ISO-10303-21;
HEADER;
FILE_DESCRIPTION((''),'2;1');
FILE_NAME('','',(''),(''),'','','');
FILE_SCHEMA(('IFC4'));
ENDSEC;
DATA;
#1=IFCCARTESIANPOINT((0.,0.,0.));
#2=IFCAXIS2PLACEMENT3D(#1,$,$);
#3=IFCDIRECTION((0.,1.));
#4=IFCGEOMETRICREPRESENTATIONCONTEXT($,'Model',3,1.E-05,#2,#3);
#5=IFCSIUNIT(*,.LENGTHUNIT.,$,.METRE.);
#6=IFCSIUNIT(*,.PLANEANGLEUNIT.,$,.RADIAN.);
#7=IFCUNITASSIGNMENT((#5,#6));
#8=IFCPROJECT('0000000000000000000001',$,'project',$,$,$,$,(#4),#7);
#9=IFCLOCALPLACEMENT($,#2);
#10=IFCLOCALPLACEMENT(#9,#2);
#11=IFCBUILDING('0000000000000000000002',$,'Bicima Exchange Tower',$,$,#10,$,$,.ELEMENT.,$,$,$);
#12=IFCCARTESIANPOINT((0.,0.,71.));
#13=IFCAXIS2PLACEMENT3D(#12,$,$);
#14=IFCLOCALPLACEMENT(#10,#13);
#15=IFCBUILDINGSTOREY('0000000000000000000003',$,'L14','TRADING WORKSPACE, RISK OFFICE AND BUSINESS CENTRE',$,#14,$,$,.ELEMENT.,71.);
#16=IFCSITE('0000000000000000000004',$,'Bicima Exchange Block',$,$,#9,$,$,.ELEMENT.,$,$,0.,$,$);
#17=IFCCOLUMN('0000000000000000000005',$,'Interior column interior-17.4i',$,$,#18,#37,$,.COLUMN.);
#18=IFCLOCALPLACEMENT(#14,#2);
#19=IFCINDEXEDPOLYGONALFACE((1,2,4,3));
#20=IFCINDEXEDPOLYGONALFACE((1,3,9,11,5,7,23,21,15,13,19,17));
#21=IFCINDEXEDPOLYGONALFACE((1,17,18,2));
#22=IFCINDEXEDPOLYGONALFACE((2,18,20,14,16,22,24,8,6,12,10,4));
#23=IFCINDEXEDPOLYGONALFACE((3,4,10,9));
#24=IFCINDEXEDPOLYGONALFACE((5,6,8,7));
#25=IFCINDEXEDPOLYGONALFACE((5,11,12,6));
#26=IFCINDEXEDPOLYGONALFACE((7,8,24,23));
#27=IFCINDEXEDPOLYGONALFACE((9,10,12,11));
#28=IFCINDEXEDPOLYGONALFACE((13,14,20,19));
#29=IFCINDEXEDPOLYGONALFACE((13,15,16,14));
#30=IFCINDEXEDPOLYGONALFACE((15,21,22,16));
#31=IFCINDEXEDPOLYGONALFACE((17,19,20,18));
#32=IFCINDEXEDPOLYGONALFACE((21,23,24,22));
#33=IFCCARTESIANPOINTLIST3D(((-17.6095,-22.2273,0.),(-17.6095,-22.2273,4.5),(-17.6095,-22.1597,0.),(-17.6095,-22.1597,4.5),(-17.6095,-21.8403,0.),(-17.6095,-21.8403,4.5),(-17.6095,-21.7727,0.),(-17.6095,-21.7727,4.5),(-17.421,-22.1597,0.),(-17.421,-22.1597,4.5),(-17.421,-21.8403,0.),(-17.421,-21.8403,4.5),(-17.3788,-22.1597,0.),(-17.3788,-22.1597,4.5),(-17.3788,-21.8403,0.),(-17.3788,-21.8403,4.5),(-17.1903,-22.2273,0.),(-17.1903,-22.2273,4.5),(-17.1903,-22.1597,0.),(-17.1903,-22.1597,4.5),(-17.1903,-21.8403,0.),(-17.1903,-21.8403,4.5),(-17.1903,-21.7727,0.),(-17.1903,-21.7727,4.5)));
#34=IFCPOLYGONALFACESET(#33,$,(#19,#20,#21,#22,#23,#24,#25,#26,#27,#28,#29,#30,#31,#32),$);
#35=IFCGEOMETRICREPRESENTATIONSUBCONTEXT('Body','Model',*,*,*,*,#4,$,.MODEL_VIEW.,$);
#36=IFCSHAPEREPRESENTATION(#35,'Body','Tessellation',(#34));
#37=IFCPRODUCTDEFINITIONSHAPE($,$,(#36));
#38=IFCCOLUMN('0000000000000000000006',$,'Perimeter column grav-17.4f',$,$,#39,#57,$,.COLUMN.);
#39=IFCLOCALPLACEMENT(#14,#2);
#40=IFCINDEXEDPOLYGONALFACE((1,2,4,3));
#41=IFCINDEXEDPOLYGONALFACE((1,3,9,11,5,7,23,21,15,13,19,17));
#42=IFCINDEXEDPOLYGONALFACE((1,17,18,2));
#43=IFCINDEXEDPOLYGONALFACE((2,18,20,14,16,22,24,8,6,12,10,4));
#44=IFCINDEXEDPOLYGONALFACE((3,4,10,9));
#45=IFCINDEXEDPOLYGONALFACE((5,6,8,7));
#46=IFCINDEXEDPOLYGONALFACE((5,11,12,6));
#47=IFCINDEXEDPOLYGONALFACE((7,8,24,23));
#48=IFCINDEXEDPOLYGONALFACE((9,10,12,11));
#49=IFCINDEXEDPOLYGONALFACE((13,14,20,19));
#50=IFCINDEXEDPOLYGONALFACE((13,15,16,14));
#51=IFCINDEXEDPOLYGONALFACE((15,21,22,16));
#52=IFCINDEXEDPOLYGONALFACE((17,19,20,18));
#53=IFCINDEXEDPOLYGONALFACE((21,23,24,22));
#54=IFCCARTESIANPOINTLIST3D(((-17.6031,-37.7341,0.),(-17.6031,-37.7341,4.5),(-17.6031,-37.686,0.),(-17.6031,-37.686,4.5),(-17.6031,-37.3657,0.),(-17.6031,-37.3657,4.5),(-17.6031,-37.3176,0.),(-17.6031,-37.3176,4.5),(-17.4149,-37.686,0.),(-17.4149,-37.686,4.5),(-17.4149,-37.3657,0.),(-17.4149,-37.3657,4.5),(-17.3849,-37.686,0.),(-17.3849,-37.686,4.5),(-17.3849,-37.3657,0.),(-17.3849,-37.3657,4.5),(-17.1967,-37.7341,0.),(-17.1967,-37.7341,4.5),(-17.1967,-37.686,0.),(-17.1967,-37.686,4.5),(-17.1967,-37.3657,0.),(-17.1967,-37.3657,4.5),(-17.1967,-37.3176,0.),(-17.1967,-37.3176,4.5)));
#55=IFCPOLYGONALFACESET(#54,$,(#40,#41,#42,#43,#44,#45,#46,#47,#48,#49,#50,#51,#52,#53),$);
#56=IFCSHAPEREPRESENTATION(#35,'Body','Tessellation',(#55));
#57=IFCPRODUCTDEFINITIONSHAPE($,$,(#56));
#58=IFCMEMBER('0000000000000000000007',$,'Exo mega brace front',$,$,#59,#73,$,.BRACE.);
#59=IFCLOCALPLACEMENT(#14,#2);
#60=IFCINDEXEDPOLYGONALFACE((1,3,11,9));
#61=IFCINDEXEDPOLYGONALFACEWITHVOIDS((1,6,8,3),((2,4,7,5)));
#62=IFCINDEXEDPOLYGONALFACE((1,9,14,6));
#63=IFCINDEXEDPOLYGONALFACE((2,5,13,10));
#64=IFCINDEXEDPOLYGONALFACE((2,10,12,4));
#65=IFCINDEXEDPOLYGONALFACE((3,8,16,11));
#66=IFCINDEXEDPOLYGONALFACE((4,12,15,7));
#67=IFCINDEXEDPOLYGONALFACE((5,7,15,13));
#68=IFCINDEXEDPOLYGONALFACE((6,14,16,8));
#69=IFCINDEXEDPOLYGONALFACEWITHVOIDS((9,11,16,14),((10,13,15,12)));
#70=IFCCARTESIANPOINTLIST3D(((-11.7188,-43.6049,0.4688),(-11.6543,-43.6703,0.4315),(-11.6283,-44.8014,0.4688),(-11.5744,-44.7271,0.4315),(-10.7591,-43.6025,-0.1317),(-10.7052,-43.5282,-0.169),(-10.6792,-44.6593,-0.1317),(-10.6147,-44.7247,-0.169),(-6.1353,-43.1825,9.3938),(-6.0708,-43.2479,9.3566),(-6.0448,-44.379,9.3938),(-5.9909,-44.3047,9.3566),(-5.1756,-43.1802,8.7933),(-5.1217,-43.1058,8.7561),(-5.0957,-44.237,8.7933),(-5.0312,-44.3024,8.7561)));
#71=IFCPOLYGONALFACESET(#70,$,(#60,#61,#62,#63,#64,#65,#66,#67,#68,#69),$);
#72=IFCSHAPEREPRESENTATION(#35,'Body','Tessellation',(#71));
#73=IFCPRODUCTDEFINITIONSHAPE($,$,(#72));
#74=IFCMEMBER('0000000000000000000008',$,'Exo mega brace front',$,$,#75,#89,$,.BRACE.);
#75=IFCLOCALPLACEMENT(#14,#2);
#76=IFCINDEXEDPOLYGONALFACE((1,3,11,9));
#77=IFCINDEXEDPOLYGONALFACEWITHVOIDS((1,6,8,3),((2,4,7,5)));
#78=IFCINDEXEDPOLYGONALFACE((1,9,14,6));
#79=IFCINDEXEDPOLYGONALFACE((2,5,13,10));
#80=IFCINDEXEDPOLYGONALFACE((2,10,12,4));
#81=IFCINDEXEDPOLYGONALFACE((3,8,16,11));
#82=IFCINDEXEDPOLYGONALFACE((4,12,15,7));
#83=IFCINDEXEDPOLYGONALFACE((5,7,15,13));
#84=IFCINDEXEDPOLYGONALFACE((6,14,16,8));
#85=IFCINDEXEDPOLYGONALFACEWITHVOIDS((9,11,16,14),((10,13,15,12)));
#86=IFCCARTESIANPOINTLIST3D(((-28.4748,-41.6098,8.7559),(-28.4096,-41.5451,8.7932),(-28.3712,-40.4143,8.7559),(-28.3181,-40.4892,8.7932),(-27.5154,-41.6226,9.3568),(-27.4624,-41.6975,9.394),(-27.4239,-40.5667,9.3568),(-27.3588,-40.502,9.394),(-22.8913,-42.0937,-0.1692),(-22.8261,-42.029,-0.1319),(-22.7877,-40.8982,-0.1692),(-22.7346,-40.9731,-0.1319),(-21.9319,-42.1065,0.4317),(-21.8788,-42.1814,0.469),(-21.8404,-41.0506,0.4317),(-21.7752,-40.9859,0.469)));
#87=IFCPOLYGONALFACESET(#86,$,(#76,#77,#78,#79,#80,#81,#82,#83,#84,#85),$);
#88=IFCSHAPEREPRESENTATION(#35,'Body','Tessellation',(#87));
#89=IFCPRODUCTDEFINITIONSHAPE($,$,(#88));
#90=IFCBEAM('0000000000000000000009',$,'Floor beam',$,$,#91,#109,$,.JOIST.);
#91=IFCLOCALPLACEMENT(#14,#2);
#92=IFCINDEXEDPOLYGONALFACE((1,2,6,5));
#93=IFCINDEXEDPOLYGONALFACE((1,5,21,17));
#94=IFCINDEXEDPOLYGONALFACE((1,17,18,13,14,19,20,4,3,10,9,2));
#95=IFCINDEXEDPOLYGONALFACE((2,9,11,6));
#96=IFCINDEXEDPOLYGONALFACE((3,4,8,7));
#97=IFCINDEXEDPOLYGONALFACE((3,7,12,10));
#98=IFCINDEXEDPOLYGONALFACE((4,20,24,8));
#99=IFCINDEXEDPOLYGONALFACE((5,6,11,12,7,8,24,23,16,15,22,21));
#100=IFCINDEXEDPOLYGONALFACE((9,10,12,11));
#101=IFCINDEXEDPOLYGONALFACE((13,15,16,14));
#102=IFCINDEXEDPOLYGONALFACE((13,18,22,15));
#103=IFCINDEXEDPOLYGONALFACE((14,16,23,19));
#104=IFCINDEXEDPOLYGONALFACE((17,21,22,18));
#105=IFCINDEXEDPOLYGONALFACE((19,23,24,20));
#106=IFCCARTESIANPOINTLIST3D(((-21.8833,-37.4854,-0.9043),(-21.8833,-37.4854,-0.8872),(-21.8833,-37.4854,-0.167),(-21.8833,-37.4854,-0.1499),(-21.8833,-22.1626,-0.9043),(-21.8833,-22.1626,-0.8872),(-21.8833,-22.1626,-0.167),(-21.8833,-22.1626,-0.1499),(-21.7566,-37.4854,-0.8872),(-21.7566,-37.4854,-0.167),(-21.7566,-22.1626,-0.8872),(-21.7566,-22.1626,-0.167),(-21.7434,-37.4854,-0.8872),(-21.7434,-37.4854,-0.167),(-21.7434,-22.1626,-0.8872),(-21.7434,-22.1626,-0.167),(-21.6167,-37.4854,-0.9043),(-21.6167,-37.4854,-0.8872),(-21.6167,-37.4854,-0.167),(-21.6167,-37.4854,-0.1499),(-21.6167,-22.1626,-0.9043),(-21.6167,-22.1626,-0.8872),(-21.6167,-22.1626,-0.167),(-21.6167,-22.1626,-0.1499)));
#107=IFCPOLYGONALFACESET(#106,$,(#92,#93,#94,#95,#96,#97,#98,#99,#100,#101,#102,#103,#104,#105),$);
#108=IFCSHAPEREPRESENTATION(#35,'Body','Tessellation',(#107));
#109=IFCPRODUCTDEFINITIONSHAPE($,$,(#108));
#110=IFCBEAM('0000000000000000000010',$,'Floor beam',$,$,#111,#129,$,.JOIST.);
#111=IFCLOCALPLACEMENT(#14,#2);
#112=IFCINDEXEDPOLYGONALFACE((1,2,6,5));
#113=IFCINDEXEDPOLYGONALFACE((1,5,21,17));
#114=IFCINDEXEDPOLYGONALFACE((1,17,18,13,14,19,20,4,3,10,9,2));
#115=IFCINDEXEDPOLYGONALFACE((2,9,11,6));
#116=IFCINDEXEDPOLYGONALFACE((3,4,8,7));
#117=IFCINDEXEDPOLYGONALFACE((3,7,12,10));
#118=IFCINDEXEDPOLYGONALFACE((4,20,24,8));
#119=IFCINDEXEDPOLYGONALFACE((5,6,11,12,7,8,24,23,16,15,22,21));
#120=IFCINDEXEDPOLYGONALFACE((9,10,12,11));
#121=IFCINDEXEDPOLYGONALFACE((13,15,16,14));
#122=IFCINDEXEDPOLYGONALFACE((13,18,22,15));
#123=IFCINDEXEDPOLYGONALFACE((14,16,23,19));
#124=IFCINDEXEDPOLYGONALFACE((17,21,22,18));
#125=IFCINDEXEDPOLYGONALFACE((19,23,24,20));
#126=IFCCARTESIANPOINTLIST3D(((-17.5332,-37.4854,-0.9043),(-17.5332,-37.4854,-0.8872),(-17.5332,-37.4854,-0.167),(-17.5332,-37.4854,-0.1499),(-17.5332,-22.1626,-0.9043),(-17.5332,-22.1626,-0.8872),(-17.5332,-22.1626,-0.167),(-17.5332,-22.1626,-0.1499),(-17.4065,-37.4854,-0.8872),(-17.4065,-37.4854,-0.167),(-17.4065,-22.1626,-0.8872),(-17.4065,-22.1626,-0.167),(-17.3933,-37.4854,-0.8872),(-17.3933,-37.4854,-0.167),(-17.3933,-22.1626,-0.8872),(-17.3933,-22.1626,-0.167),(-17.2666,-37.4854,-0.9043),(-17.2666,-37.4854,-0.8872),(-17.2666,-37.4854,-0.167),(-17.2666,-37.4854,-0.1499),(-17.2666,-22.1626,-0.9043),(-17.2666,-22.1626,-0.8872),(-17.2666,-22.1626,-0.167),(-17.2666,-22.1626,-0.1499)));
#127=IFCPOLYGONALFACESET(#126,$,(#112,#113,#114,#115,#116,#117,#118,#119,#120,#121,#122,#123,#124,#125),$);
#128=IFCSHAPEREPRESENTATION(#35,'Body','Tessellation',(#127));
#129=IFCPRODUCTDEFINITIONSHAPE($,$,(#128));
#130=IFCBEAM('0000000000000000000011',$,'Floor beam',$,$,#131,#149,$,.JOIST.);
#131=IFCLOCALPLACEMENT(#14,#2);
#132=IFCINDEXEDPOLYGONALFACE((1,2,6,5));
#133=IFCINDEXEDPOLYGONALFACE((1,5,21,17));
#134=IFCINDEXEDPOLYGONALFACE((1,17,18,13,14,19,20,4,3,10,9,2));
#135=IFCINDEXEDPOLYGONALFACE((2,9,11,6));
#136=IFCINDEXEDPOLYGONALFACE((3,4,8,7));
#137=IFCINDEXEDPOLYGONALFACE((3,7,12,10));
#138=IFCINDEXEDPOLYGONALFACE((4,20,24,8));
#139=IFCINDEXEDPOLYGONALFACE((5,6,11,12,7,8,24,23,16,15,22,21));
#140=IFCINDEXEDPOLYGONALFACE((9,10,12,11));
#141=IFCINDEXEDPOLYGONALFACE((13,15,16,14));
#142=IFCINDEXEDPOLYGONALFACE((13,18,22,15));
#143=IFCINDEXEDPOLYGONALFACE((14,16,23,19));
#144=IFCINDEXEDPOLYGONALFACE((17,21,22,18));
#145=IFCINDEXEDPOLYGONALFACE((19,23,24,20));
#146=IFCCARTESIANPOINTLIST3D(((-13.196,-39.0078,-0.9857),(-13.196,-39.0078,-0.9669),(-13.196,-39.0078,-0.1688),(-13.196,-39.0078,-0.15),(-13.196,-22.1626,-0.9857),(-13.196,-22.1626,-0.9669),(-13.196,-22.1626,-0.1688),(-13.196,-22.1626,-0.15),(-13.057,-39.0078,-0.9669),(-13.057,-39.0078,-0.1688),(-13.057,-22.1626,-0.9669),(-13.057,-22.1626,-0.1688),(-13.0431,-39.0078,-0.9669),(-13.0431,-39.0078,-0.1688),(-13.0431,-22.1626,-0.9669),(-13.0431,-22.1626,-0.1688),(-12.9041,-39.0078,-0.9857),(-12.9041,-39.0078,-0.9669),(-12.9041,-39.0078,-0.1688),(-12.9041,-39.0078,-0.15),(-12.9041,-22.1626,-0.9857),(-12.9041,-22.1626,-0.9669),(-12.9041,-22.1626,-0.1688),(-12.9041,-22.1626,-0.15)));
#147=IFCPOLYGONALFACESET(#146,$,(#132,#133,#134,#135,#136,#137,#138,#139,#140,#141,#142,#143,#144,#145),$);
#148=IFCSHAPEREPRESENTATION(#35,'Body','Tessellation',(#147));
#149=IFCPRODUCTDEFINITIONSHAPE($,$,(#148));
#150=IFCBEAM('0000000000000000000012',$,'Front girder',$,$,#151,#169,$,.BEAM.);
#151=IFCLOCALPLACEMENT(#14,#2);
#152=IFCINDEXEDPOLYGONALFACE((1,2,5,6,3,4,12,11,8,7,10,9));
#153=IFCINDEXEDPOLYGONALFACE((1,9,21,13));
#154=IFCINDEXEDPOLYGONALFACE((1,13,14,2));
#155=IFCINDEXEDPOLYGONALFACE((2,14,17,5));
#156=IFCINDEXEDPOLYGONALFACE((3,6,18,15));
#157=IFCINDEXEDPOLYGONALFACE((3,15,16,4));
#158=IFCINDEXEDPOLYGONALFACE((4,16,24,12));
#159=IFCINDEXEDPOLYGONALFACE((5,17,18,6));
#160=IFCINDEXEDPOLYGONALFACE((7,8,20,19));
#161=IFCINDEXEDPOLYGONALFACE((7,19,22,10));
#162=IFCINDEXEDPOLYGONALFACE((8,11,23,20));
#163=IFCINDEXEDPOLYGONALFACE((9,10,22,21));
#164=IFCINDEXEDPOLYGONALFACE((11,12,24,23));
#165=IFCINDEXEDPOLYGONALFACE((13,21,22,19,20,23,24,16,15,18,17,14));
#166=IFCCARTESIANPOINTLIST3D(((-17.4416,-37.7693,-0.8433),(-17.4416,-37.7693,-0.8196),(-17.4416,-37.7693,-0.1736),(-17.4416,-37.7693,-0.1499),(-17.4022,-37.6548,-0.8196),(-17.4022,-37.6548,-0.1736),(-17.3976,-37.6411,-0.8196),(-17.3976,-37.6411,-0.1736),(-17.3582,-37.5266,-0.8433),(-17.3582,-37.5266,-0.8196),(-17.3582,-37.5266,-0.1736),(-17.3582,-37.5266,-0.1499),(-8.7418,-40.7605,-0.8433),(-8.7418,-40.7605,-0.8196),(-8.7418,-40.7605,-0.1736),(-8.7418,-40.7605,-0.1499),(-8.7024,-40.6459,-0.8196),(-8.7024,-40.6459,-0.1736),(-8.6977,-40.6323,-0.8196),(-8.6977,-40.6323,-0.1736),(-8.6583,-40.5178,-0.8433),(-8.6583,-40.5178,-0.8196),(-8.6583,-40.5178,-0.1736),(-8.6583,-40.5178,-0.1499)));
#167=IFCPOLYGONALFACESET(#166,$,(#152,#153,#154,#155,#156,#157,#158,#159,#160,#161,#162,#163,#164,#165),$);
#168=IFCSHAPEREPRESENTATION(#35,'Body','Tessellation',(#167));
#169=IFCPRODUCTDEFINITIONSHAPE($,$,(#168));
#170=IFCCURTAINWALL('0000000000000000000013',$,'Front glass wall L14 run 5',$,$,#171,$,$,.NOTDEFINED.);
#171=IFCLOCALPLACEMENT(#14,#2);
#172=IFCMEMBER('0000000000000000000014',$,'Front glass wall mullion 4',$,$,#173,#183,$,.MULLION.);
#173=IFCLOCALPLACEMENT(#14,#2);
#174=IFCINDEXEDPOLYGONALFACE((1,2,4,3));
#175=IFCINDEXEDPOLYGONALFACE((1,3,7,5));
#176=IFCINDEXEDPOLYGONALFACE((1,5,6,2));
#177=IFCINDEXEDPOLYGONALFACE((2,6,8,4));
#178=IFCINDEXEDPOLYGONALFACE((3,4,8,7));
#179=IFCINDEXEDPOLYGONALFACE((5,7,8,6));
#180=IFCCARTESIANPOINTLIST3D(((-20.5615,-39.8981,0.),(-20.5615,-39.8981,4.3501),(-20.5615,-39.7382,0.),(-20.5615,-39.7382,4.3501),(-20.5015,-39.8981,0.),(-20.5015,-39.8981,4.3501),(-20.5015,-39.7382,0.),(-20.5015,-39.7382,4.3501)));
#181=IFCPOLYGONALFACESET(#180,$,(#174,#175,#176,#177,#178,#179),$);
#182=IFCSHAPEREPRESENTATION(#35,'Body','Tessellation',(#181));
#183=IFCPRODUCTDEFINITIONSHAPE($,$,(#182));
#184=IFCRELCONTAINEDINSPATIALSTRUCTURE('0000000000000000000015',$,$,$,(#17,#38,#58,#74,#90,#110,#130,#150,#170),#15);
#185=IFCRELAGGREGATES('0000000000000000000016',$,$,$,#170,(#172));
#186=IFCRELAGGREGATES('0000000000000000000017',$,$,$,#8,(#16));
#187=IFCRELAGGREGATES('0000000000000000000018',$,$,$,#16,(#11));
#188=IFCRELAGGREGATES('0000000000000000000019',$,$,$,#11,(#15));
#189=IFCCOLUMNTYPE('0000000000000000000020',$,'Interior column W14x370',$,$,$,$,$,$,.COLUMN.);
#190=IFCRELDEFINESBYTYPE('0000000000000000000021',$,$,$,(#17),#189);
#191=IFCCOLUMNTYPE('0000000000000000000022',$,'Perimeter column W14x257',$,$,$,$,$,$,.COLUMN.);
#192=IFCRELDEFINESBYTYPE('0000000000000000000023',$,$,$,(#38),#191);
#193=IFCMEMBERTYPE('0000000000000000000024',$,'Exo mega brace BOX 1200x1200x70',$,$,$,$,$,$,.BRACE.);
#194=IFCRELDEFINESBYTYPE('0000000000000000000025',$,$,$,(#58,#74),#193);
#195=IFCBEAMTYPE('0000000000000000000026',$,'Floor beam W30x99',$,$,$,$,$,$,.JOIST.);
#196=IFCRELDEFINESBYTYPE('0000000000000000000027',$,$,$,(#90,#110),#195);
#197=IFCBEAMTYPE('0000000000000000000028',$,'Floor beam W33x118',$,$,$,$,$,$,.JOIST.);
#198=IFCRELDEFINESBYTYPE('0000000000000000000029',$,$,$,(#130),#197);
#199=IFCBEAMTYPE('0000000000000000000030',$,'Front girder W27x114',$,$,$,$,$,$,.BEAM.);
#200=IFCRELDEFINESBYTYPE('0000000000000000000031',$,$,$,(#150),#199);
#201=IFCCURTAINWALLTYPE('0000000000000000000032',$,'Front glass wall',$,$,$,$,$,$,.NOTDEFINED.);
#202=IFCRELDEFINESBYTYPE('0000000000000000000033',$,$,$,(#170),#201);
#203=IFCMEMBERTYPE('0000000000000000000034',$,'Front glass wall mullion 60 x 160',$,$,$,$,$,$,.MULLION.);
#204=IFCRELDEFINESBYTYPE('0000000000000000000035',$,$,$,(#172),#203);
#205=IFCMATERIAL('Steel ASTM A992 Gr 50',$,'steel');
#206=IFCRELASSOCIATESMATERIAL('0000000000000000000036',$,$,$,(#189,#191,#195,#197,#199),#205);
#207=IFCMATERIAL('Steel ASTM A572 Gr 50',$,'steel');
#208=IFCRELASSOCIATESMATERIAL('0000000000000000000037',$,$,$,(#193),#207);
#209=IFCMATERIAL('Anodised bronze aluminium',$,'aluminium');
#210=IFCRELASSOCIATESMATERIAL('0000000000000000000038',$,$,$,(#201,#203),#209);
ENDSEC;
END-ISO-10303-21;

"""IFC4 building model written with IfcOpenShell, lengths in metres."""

from ifc_helpers import new_model, si_unit, direction, frame, origin, origin_2d, place, context, subcontext, project, spatial, rectangle, hollow_rectangle, i_section, extrude, material, material_profile, profile_set, type_object, element, aggregate, save


model = new_model("IFC4")

# Units and contexts
model_context = context("Model", 3, precision=1e-05, world=origin(), true_north=direction((0.0, 1.0)))
body_context = subcontext(model_context, "Body", "Model", "MODEL_VIEW")
ifc_project = project(units=[si_unit("LENGTHUNIT", "METRE"), si_unit("PLANEANGLEUNIT", "RADIAN")], contexts=[model_context])

# Site, building, storey
site_placement = place(None, origin())
site = spatial("IfcSite", under=ifc_project, at=site_placement, Name="Bicima Exchange Block", CompositionType="ELEMENT", RefElevation=0.0)
building_placement = place(site_placement, origin())
building = spatial("IfcBuilding", under=site, at=building_placement, Name="Bicima Exchange Tower", CompositionType="ELEMENT")
storey_placement = place(building_placement, frame((0.0, 0.0, 71.0)))
storey = spatial("IfcBuildingStorey", under=building, at=storey_placement, Name="L14", Description="TRADING WORKSPACE, RISK OFFICE AND BUSINESS CENTRE", CompositionType="ELEMENT", Elevation=71.0)

# Columns
ifc_material_1 = material(Name="Steel ASTM A992 Gr 50", Category="steel")
ifc_material_profile_1 = material_profile(ifc_material_1, i_section(OverallWidth=0.4192, OverallDepth=0.4546, WebThickness=0.0422, FlangeThickness=0.0676, at=origin_2d()))
ifc_profile_set_1 = profile_set([ifc_material_profile_1], Name="Steel ASTM A992 Gr 50")
column_type_1 = type_object("IfcColumnType", Name="Interior column W14x370", PredefinedType="COLUMN", material=ifc_profile_set_1)
column_1_placement = place(storey_placement, frame((-17.3999, -22.0, 0.0), z_axis=(0.0, 0.0, 1.0), x_axis=(1.0, 0.0, 0.0)))
element("IfcColumn", 1, at=column_1_placement, inside=storey, type_object=column_type_1, Name="Interior column interior-17.4i", PredefinedType="COLUMN", context=body_context, shape_type="SweptSolid", body=[
    extrude(i_section(OverallWidth=0.4192, OverallDepth=0.4546, WebThickness=0.0422, FlangeThickness=0.0676, at=origin_2d()), origin(), (0.0, 0.0, 1.0), 4.5),
])
ifc_material_profile_2 = material_profile(ifc_material_1, i_section(OverallWidth=0.4065, OverallDepth=0.4165, WebThickness=0.03, FlangeThickness=0.0481, at=origin_2d()))
ifc_profile_set_2 = profile_set([ifc_material_profile_2], Name="Steel ASTM A992 Gr 50")
column_type_2 = type_object("IfcColumnType", Name="Perimeter column W14x257", PredefinedType="COLUMN", material=ifc_profile_set_2)
column_2_placement = place(storey_placement, frame((-17.3999, -37.5259, 0.0), z_axis=(0.0, 0.0, 1.0), x_axis=(1.0, 0.0, 0.0)))
element("IfcColumn", 2, at=column_2_placement, inside=storey, type_object=column_type_2, Name="Perimeter column grav-17.4f", PredefinedType="COLUMN", context=body_context, shape_type="SweptSolid", body=[
    extrude(i_section(OverallWidth=0.4065, OverallDepth=0.4165, WebThickness=0.03, FlangeThickness=0.0481, at=origin_2d()), origin(), (0.0, 0.0, 1.0), 4.5),
])

# Members
ifc_material_2 = material(Name="Steel ASTM A572 Gr 50", Category="steel")
ifc_material_profile_3 = material_profile(ifc_material_2, hollow_rectangle(XDim=1.2, YDim=1.2, WallThickness=0.0701, at=origin_2d()))
ifc_profile_set_3 = profile_set([ifc_material_profile_3], Name="Steel ASTM A572 Gr 50")
member_type_1 = type_object("IfcMemberType", Name="Exo mega brace BOX 1200x1200x70", PredefinedType="BRACE", material=ifc_profile_set_3)
member_1_placement = place(storey_placement, frame((-11.1667, -44.1648, 0.1499), z_axis=(0.529937, 0.040087, 0.847089), x_axis=(-0.075429, 0.997151, 0.0)))
element("IfcMember", 3, at=member_1_placement, inside=storey, type_object=member_type_1, Name="Exo mega brace front", PredefinedType="BRACE", context=body_context, shape_type="SweptSolid", body=[
    extrude(hollow_rectangle(XDim=1.2, YDim=1.2, WallThickness=0.0701, at=origin_2d()), origin(), (0.0, 0.0, 1.0), 10.5361),
])
member_2_placement = place(storey_placement, frame((-22.3333, -41.5398, 0.1499), z_axis=(-0.529804, 0.045915, 0.846876), x_axis=(-0.08634, -0.996266, 0.0)))
element("IfcMember", 4, at=member_2_placement, inside=storey, type_object=member_type_1, Name="Exo mega brace front", PredefinedType="BRACE", context=body_context, shape_type="SweptSolid", body=[
    extrude(hollow_rectangle(XDim=1.2, YDim=1.2, WallThickness=0.0701, at=origin_2d()), origin(), (0.0, 0.0, 1.0), 10.5388),
])

# Beams
ifc_material_profile_4 = material_profile(ifc_material_1, i_section(OverallWidth=0.2666, OverallDepth=0.7544, WebThickness=0.0132, FlangeThickness=0.0171, at=origin_2d()))
ifc_profile_set_4 = profile_set([ifc_material_profile_4], Name="Steel ASTM A992 Gr 50")
beam_type_1 = type_object("IfcBeamType", Name="Floor beam W30x99", PredefinedType="JOIST", material=ifc_profile_set_4)
for number, where, z_axis, x_axis, name in (
    (5, (-21.75, -22.1626, -0.5271), (0.0, -1.0, 0.0), (1.0, 0.0, 0.0), "Floor beam"),
    (6, (-17.3999, -22.1626, -0.5271), (0.0, -1.0, 0.0), (1.0, 0.0, 0.0), "Floor beam"),
):
    element("IfcBeam", number, at=place(storey_placement, frame(where, z_axis=z_axis, x_axis=x_axis)), inside=storey, type_object=beam_type_1, Name=name, PredefinedType="JOIST", context=body_context, shape_type="SweptSolid", body=[
        extrude(i_section(OverallWidth=0.2666, OverallDepth=0.7544, WebThickness=0.0132, FlangeThickness=0.0171, at=origin_2d()), origin(), (0.0, 0.0, 1.0), 15.3228),
    ])
ifc_material_profile_5 = material_profile(ifc_material_1, i_section(OverallWidth=0.292, OverallDepth=0.8357, WebThickness=0.0139, FlangeThickness=0.0188, at=origin_2d()))
ifc_profile_set_5 = profile_set([ifc_material_profile_5], Name="Steel ASTM A992 Gr 50")
beam_type_2 = type_object("IfcBeamType", Name="Floor beam W33x118", PredefinedType="JOIST", material=ifc_profile_set_5)
beam_1_placement = place(storey_placement, frame((-13.05, -22.1626, -0.5679), z_axis=(0.0, -1.0, 0.0), x_axis=(1.0, 0.0, 0.0)))
element("IfcBeam", 7, at=beam_1_placement, inside=storey, type_object=beam_type_2, Name="Floor beam", PredefinedType="JOIST", context=body_context, shape_type="SweptSolid", body=[
    extrude(i_section(OverallWidth=0.292, OverallDepth=0.8357, WebThickness=0.0139, FlangeThickness=0.0188, at=origin_2d()), origin(), (0.0, 0.0, 1.0), 16.8452),
])
ifc_material_profile_6 = material_profile(ifc_material_1, i_section(OverallWidth=0.2566, OverallDepth=0.6934, WebThickness=0.0144, FlangeThickness=0.0237, at=origin_2d()))
ifc_profile_set_6 = profile_set([ifc_material_profile_6], Name="Steel ASTM A992 Gr 50")
beam_type_3 = type_object("IfcBeamType", Name="Front girder W27x114", PredefinedType="BEAM", material=ifc_profile_set_6)
beam_2_placement = place(storey_placement, frame((-17.3999, -37.6479, -0.4966), z_axis=(0.945666, -0.325138, 0.0), x_axis=(0.325138, 0.945666, 0.0)))
element("IfcBeam", 8, at=beam_2_placement, inside=storey, type_object=beam_type_3, Name="Front girder", PredefinedType="BEAM", context=body_context, shape_type="SweptSolid", body=[
    extrude(i_section(OverallWidth=0.2566, OverallDepth=0.6934, WebThickness=0.0144, FlangeThickness=0.0237, at=origin_2d()), origin(), (0.0, 0.0, 1.0), 9.1997),
])

# Curtain wall, member
ifc_material_3 = material(Name="Anodised bronze aluminium", Category="aluminium")
curtain_wall_type = type_object("IfcCurtainWallType", Name="Front glass wall", PredefinedType="NOTDEFINED", material=ifc_material_3)
curtain_wall_1_placement = place(storey_placement, origin())
curtain_wall_1 = element("IfcCurtainWall", 9, at=curtain_wall_1_placement, inside=storey, type_object=curtain_wall_type, Name="Front glass wall L14 run 5", PredefinedType="NOTDEFINED")
ifc_material_profile_7 = material_profile(ifc_material_3, rectangle(XDim=0.1599, YDim=0.0601, at=origin_2d()))
ifc_profile_set_7 = profile_set([ifc_material_profile_7], Name="Anodised bronze aluminium")
member_type_2 = type_object("IfcMemberType", Name="Front glass wall mullion 60 x 160", PredefinedType="MULLION", material=ifc_profile_set_7)
member_3_placement = place(storey_placement, frame((-20.5315, -39.8181, 0.0), z_axis=(0.0, 0.0, 1.0), x_axis=(0.0, 1.0, 0.0)))
member_3 = element("IfcMember", 10, at=member_3_placement, type_object=member_type_2, Name="Front glass wall mullion 4", PredefinedType="MULLION", context=body_context, shape_type="SweptSolid", body=[
    extrude(rectangle(XDim=0.1599, YDim=0.0601, at=origin_2d()), origin(), (0.0, 0.0, 1.0), 4.3501),
])

aggregate(curtain_wall_1, [member_3])

save(model, "model.ifc")
